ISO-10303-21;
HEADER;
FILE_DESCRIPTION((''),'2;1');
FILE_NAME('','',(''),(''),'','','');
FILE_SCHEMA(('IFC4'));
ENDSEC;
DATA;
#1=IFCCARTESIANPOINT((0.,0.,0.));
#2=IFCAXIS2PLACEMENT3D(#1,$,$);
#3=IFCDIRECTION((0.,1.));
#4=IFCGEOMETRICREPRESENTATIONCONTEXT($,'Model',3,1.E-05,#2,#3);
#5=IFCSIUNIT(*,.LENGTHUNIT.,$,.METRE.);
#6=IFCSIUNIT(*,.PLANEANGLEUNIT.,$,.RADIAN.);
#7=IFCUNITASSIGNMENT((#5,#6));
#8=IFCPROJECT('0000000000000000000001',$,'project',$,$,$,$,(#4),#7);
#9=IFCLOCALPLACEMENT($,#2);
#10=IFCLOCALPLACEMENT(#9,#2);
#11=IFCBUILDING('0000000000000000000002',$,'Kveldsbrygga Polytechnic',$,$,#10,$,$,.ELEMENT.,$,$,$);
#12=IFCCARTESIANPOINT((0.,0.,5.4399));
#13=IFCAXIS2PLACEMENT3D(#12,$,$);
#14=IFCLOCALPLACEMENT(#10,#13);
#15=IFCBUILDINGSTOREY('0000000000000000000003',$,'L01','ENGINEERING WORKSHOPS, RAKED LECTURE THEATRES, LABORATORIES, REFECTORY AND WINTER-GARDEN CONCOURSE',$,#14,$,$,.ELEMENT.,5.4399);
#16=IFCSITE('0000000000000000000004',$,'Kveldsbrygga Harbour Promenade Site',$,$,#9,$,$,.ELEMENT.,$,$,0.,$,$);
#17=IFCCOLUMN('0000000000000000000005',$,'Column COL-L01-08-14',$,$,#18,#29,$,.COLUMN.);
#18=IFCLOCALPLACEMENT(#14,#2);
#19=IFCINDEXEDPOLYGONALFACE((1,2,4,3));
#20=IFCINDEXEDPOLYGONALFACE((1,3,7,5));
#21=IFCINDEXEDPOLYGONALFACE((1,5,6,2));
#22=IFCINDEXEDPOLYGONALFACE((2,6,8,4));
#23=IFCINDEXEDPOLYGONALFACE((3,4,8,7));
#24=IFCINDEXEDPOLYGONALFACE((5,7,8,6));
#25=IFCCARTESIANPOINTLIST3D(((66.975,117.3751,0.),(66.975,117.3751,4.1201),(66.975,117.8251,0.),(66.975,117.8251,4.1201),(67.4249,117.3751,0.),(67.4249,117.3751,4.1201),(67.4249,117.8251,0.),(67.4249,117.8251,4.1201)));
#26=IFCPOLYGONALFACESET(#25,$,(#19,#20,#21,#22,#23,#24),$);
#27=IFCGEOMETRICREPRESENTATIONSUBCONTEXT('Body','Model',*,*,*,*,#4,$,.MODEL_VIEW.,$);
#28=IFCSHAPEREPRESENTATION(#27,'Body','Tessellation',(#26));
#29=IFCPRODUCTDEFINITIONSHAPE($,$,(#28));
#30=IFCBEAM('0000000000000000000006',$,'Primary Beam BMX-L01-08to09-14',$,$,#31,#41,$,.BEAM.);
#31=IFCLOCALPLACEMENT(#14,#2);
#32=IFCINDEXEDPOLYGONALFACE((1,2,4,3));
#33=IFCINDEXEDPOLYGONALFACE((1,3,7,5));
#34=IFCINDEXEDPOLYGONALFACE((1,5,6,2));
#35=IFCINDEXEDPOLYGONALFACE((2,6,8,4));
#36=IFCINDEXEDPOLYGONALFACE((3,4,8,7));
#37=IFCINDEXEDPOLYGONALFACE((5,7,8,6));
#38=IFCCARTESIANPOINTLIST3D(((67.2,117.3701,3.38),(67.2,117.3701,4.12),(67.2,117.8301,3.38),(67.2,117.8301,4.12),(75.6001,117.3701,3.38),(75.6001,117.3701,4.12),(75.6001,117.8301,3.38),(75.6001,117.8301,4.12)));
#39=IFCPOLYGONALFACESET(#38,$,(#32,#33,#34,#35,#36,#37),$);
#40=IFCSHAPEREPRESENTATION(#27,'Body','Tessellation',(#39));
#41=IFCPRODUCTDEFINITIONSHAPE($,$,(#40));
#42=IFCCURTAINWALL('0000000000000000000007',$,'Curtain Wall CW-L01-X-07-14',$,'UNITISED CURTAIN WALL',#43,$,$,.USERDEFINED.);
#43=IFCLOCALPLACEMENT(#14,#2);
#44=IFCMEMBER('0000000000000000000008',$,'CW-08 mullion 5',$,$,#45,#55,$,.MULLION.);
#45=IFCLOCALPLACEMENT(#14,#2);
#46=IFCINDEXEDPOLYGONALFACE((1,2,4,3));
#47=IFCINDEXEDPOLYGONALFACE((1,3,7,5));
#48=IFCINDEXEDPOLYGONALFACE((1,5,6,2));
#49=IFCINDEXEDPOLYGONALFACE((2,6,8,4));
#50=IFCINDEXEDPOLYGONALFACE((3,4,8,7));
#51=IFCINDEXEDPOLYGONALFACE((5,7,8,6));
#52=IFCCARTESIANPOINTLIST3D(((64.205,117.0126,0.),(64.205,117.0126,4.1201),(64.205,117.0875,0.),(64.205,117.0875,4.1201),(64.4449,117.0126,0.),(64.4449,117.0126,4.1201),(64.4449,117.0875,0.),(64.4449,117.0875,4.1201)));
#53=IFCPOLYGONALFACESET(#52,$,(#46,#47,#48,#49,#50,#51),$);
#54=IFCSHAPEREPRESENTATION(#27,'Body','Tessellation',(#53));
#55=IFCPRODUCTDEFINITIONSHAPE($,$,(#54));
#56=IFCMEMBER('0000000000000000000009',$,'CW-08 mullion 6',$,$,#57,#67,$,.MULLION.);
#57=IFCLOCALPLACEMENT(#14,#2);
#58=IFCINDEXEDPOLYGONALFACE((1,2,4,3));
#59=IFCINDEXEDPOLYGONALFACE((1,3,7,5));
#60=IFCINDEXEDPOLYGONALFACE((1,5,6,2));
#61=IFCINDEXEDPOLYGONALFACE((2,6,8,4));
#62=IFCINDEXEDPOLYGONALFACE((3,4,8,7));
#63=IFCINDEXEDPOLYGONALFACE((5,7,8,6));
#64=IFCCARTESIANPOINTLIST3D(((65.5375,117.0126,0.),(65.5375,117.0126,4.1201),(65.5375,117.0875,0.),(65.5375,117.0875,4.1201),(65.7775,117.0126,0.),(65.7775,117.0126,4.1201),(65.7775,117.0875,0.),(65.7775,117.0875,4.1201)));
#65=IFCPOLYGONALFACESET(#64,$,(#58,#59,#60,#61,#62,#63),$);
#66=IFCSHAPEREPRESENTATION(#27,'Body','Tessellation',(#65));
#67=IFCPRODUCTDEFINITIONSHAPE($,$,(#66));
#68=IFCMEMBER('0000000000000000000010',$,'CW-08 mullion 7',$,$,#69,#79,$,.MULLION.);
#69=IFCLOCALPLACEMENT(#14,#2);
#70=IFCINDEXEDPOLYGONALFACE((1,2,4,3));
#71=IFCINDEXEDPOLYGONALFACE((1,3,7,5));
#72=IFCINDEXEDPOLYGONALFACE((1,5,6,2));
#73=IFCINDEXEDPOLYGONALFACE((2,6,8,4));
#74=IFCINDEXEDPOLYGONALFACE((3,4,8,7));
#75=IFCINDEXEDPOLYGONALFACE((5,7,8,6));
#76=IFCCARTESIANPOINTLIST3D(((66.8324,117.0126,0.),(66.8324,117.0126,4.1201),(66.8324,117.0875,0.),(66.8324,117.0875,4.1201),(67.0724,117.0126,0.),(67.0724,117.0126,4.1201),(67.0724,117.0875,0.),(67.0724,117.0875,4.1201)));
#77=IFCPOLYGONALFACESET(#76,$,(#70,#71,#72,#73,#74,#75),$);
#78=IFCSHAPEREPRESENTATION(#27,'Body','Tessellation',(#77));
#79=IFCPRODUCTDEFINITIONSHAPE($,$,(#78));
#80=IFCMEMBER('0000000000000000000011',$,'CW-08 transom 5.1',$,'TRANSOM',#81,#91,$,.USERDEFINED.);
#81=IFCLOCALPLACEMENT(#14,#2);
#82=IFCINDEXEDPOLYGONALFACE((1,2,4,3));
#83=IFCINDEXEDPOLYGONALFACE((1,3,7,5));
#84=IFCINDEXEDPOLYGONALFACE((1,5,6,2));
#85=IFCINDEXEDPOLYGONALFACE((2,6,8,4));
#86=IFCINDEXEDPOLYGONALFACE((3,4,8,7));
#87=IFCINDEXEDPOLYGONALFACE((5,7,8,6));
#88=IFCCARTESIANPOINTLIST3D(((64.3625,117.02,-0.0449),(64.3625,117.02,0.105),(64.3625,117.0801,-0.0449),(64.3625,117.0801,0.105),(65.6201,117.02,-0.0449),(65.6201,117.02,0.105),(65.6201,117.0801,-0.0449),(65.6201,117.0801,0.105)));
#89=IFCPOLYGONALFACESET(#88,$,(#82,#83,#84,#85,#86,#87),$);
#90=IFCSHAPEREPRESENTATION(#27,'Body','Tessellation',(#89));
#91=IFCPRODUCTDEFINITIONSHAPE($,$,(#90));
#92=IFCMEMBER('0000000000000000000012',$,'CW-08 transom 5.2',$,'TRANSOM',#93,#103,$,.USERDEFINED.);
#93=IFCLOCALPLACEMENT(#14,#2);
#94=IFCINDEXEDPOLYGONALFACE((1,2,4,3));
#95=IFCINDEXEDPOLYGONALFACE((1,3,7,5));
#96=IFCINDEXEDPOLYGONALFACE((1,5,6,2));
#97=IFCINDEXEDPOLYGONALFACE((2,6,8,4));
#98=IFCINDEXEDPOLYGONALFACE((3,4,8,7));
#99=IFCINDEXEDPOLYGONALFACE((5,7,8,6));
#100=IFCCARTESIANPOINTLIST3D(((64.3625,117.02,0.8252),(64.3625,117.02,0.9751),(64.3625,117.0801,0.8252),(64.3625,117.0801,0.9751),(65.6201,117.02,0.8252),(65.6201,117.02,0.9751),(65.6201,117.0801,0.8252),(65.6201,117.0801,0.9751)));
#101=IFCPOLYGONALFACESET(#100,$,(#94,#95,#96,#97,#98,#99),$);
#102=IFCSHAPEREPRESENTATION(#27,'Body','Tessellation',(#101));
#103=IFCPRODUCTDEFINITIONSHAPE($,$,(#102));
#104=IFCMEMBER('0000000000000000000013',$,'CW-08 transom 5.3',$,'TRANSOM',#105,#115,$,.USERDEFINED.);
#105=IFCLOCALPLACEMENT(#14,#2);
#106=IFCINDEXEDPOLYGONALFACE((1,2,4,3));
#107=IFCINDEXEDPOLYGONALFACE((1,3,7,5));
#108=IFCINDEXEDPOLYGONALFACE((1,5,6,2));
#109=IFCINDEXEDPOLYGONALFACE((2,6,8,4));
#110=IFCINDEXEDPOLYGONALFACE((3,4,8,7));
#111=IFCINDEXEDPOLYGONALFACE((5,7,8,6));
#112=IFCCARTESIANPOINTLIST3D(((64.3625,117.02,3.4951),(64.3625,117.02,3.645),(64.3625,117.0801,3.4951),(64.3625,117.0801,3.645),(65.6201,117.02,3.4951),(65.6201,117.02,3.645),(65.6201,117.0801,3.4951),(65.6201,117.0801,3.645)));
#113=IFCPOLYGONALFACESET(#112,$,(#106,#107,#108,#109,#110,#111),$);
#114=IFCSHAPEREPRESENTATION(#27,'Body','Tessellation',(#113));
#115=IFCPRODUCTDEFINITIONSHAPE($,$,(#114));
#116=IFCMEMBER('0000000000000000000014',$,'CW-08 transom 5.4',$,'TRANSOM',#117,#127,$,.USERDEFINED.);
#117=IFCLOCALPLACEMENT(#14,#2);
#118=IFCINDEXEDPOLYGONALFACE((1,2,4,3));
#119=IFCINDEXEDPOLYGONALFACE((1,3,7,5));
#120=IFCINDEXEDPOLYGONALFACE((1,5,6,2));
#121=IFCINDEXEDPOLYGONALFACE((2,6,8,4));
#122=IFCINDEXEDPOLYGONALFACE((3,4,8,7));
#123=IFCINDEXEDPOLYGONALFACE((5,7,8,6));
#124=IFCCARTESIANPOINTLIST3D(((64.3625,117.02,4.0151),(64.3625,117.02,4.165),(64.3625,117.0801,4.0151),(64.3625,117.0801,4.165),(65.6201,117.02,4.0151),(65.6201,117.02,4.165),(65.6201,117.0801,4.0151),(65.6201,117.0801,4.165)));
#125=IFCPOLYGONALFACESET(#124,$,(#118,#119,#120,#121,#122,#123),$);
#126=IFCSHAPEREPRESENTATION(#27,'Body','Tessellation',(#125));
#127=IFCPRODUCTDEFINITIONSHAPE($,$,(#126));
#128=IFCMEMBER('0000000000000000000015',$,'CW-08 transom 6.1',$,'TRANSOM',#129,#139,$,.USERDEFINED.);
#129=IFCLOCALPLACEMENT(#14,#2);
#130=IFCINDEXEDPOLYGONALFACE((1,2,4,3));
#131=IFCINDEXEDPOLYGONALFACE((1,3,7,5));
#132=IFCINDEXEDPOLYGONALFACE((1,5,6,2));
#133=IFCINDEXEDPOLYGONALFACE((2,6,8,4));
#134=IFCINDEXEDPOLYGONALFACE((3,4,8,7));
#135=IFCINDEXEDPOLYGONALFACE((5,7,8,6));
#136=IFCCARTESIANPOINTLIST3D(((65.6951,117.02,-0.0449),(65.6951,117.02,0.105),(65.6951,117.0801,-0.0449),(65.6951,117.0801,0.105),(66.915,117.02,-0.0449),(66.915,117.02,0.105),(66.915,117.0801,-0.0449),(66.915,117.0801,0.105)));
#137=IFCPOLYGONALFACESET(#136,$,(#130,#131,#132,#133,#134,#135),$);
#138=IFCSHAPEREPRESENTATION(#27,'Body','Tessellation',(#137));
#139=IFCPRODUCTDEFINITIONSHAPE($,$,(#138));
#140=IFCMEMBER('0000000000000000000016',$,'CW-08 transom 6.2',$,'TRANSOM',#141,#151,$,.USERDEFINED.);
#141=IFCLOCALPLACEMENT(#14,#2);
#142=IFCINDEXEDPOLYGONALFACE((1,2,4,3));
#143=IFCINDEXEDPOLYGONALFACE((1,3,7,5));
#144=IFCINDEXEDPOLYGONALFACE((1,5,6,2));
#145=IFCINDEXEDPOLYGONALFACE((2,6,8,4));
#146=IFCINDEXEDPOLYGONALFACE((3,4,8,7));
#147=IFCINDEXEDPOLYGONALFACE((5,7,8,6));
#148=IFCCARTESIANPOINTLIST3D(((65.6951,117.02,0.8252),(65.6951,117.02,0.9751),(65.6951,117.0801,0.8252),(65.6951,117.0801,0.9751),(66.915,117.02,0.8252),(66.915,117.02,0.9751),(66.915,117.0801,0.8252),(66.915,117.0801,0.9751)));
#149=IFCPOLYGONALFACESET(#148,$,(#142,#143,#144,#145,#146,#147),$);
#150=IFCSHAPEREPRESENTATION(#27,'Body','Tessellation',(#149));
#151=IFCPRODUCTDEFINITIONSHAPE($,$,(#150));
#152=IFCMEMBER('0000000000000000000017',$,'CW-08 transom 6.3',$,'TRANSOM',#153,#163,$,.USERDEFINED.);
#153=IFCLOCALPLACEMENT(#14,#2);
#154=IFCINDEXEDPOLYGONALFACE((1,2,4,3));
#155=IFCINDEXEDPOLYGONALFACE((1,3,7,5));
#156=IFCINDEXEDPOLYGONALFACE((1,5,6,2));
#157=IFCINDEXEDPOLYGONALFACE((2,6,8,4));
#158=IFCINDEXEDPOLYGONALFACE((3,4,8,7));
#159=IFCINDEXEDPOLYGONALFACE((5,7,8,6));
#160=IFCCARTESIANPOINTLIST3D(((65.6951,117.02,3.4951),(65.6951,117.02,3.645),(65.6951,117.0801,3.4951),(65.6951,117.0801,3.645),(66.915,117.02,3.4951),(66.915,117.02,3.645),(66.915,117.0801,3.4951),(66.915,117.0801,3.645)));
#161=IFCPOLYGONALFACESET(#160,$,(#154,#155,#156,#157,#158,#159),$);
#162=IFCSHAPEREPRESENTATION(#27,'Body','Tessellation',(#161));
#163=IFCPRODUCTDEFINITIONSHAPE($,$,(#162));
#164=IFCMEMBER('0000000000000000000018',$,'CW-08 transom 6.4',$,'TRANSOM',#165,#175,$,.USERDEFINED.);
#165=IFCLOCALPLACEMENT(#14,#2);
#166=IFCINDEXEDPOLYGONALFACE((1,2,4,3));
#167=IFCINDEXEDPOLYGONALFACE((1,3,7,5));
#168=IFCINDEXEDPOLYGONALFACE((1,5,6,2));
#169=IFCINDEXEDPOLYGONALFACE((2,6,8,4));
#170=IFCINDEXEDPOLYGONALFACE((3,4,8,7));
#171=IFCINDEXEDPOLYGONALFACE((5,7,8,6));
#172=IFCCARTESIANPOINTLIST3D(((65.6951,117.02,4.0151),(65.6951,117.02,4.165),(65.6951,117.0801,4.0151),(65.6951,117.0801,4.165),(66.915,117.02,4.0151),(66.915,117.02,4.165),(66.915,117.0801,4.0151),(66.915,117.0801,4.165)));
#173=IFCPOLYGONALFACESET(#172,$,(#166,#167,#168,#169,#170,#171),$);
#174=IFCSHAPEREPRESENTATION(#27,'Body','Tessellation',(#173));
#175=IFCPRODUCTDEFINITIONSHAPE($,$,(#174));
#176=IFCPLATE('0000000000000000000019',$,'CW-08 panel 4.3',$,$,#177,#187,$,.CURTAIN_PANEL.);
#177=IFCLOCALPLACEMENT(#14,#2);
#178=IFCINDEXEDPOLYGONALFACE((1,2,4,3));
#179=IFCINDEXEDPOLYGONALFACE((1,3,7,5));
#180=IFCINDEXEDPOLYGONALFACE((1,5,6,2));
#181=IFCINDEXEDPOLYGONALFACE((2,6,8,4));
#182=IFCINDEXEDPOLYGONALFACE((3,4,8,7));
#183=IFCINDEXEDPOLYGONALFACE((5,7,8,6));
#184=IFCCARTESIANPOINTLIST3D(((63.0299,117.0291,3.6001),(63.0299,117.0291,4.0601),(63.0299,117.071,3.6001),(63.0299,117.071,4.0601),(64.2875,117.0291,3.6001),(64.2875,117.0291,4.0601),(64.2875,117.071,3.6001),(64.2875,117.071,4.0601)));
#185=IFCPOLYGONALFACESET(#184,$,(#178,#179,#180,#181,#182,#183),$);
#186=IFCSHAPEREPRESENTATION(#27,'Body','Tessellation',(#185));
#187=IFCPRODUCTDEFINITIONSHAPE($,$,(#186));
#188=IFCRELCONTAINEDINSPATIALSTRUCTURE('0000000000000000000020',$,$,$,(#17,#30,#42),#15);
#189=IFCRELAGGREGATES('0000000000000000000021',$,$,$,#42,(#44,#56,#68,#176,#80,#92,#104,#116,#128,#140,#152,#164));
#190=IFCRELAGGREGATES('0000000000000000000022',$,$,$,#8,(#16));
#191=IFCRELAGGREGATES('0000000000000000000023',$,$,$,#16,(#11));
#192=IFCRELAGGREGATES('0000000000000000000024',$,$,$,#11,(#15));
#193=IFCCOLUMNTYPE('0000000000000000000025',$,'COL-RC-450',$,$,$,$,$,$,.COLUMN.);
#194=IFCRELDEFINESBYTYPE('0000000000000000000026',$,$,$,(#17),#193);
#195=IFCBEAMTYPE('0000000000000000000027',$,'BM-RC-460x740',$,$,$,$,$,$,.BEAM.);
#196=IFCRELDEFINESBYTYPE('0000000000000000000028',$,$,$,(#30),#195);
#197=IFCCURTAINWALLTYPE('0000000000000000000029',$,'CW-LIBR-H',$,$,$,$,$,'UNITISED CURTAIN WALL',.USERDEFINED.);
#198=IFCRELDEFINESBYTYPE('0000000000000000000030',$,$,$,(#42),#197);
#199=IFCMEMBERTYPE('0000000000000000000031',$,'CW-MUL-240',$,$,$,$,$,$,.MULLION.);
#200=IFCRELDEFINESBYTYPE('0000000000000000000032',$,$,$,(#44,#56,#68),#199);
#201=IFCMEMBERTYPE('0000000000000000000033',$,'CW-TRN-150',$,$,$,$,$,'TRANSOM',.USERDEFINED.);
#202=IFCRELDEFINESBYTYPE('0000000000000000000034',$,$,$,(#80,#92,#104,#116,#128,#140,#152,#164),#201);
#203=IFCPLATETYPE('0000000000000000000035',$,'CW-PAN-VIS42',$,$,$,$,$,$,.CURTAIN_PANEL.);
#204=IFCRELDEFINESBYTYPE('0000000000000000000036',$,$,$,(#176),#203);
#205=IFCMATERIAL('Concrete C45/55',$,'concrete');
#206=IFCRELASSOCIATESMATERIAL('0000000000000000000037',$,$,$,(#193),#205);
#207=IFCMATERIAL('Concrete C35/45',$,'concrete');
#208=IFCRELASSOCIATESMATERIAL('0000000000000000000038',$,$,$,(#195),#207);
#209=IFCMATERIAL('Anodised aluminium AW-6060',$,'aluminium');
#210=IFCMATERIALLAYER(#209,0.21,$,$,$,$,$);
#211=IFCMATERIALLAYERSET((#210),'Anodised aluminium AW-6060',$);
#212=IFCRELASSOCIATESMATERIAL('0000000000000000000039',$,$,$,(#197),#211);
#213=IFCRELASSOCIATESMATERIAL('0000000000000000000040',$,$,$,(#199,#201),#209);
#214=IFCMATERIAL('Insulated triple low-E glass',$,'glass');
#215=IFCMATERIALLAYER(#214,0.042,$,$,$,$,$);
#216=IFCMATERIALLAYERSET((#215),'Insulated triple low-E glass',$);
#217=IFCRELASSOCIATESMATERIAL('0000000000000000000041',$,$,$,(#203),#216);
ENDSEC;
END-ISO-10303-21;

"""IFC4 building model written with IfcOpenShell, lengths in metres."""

from ifc_helpers import new_model, si_unit, direction, frame, origin, origin_2d, place, context, subcontext, project, spatial, rectangle, extrude, material, layer, layer_set, material_profile, profile_set, type_object, element, aggregate, save


model = new_model("IFC4")

# Units and contexts
model_context = context("Model", 3, precision=1e-05, world=origin(), true_north=direction((0.0, 1.0)))
body_context = subcontext(model_context, "Body", "Model", "MODEL_VIEW")
ifc_project = project(units=[si_unit("LENGTHUNIT", "METRE"), si_unit("PLANEANGLEUNIT", "RADIAN")], contexts=[model_context])

# Site, building, storey
site_placement = place(None, origin())
site = spatial("IfcSite", under=ifc_project, at=site_placement, Name="Kveldsbrygga Harbour Promenade Site", CompositionType="ELEMENT", RefElevation=0.0)
building_placement = place(site_placement, origin())
building = spatial("IfcBuilding", under=site, at=building_placement, Name="Kveldsbrygga Polytechnic", CompositionType="ELEMENT")
storey_placement = place(building_placement, frame((0.0, 0.0, 5.4399)))
storey = spatial("IfcBuildingStorey", under=building, at=storey_placement, Name="L01", Description="ENGINEERING WORKSHOPS, RAKED LECTURE THEATRES, LABORATORIES, REFECTORY AND WINTER-GARDEN CONCOURSE", CompositionType="ELEMENT", Elevation=5.4399)

# Column
ifc_material_1 = material(Name="Concrete C45/55", Category="concrete")
ifc_material_profile_1 = material_profile(ifc_material_1, rectangle(XDim=0.45, YDim=0.45, at=origin_2d()), Name="RC 450x450")
ifc_profile_set_1 = profile_set([ifc_material_profile_1], Name="Concrete C45/55")
column_type = type_object("IfcColumnType", Name="COL-RC-450", PredefinedType="COLUMN", material=ifc_profile_set_1)
column_placement = place(storey_placement, frame((67.2, 117.6001, 0.0), z_axis=(0.0, 0.0, 1.0), x_axis=(1.0, 0.0, 0.0)))
element("IfcColumn", 1, at=column_placement, inside=storey, type_object=column_type, Name="Column COL-L01-08-14", PredefinedType="COLUMN", context=body_context, shape_type="SweptSolid", body=[
    extrude(rectangle(XDim=0.45, YDim=0.45, at=origin_2d()), origin(), (0.0, 0.0, 1.0), 4.1201),
])

# Beam
ifc_material_2 = material(Name="Concrete C35/45", Category="concrete")
ifc_material_profile_2 = material_profile(ifc_material_2, rectangle(XDim=0.46, YDim=0.74, at=origin_2d()), Name="RC 460x740")
ifc_profile_set_2 = profile_set([ifc_material_profile_2], Name="Concrete C35/45")
beam_type = type_object("IfcBeamType", Name="BM-RC-460x740", PredefinedType="BEAM", material=ifc_profile_set_2)
beam_placement = place(storey_placement, frame((67.2, 117.6001, 3.75), z_axis=(1.0, 0.0, 0.0), x_axis=(0.0, 1.0, 0.0)))
element("IfcBeam", 2, at=beam_placement, inside=storey, type_object=beam_type, Name="Primary Beam BMX-L01-08to09-14", PredefinedType="BEAM", context=body_context, shape_type="SweptSolid", body=[
    extrude(rectangle(XDim=0.46, YDim=0.74, at=origin_2d()), origin(), (0.0, 0.0, 1.0), 8.4001),
])

# Curtain wall, members, plate
ifc_material_3 = material(Name="Anodised aluminium AW-6060", Category="aluminium")
ifc_layer_1 = layer(ifc_material_3, 0.21)
ifc_layer_set_1 = layer_set([ifc_layer_1], Name="Anodised aluminium AW-6060")
curtain_wall_type = type_object("IfcCurtainWallType", Name="CW-LIBR-H", ElementType="UNITISED CURTAIN WALL", PredefinedType="USERDEFINED", material=ifc_layer_set_1)
curtain_wall_placement = place(storey_placement, origin())
curtain_wall = element("IfcCurtainWall", 3, at=curtain_wall_placement, inside=storey, type_object=curtain_wall_type, Name="Curtain Wall CW-L01-X-07-14", ObjectType="UNITISED CURTAIN WALL", PredefinedType="USERDEFINED")
ifc_material_profile_3 = material_profile(ifc_material_3, rectangle(XDim=0.075, YDim=0.24, at=origin_2d()), Name="ALU 75x240")
ifc_profile_set_3 = profile_set([ifc_material_profile_3], Name="Anodised aluminium AW-6060")
member_type_1 = type_object("IfcMemberType", Name="CW-MUL-240", PredefinedType="MULLION", material=ifc_profile_set_3)
member_1_placement = place(storey_placement, frame((64.325, 117.05, 0.0), z_axis=(0.0, 0.0, 1.0), x_axis=(0.0, 1.0, 0.0)))
member_1 = element("IfcMember", 4, at=member_1_placement, type_object=member_type_1, Name="CW-08 mullion 5", PredefinedType="MULLION", context=body_context, shape_type="SweptSolid", body=[
    extrude(rectangle(XDim=0.075, YDim=0.24, at=origin_2d()), origin(), (0.0, 0.0, 1.0), 4.1201),
])
member_2_placement = place(storey_placement, frame((65.6575, 117.05, 0.0), z_axis=(0.0, 0.0, 1.0), x_axis=(0.0, 1.0, 0.0)))
member_2 = element("IfcMember", 5, at=member_2_placement, type_object=member_type_1, Name="CW-08 mullion 6", PredefinedType="MULLION", context=body_context, shape_type="SweptSolid", body=[
    extrude(rectangle(XDim=0.075, YDim=0.24, at=origin_2d()), origin(), (0.0, 0.0, 1.0), 4.1201),
])
member_3_placement = place(storey_placement, frame((66.9524, 117.05, 0.0), z_axis=(0.0, 0.0, 1.0), x_axis=(0.0, 1.0, 0.0)))
member_3 = element("IfcMember", 6, at=member_3_placement, type_object=member_type_1, Name="CW-08 mullion 7", PredefinedType="MULLION", context=body_context, shape_type="SweptSolid", body=[
    extrude(rectangle(XDim=0.075, YDim=0.24, at=origin_2d()), origin(), (0.0, 0.0, 1.0), 4.1201),
])
ifc_material_profile_4 = material_profile(ifc_material_3, rectangle(XDim=0.0601, YDim=0.1499, at=origin_2d()), Name="ALU 60x150")
ifc_profile_set_4 = profile_set([ifc_material_profile_4], Name="Anodised aluminium AW-6060")
member_type_2 = type_object("IfcMemberType", Name="CW-TRN-150", ElementType="TRANSOM", PredefinedType="USERDEFINED", material=ifc_profile_set_4)
member_4_placement = place(storey_placement, frame((64.3625, 117.05, 0.03), z_axis=(1.0, 0.0, 0.0), x_axis=(0.0, 1.0, 0.0)))
member_4 = element("IfcMember", 7, at=member_4_placement, type_object=member_type_2, Name="CW-08 transom 5.1", ObjectType="TRANSOM", PredefinedType="USERDEFINED", context=body_context, shape_type="SweptSolid", body=[
    extrude(rectangle(XDim=0.0601, YDim=0.1499, at=origin_2d()), origin(), (0.0, 0.0, 1.0), 1.2576),
])
member_5_placement = place(storey_placement, frame((64.3625, 117.05, 0.9001), z_axis=(1.0, 0.0, 0.0), x_axis=(0.0, 1.0, 0.0)))
member_5 = element("IfcMember", 8, at=member_5_placement, type_object=member_type_2, Name="CW-08 transom 5.2", ObjectType="TRANSOM", PredefinedType="USERDEFINED", context=body_context, shape_type="SweptSolid", body=[
    extrude(rectangle(XDim=0.0601, YDim=0.1499, at=origin_2d()), origin(), (0.0, 0.0, 1.0), 1.2576),
])
member_6_placement = place(storey_placement, frame((64.3625, 117.05, 3.5701), z_axis=(1.0, 0.0, 0.0), x_axis=(0.0, 1.0, 0.0)))
member_6 = element("IfcMember", 9, at=member_6_placement, type_object=member_type_2, Name="CW-08 transom 5.3", ObjectType="TRANSOM", PredefinedType="USERDEFINED", context=body_context, shape_type="SweptSolid", body=[
    extrude(rectangle(XDim=0.0601, YDim=0.1499, at=origin_2d()), origin(), (0.0, 0.0, 1.0), 1.2576),
])
member_7_placement = place(storey_placement, frame((64.3625, 117.05, 4.0901), z_axis=(1.0, 0.0, 0.0), x_axis=(0.0, 1.0, 0.0)))
member_7 = element("IfcMember", 10, at=member_7_placement, type_object=member_type_2, Name="CW-08 transom 5.4", ObjectType="TRANSOM", PredefinedType="USERDEFINED", context=body_context, shape_type="SweptSolid", body=[
    extrude(rectangle(XDim=0.0601, YDim=0.1499, at=origin_2d()), origin(), (0.0, 0.0, 1.0), 1.2576),
])
member_8_placement = place(storey_placement, frame((65.6951, 117.05, 0.03), z_axis=(1.0, 0.0, 0.0), x_axis=(0.0, 1.0, 0.0)))
member_8 = element("IfcMember", 11, at=member_8_placement, type_object=member_type_2, Name="CW-08 transom 6.1", ObjectType="TRANSOM", PredefinedType="USERDEFINED", context=body_context, shape_type="SweptSolid", body=[
    extrude(rectangle(XDim=0.0601, YDim=0.1499, at=origin_2d()), origin(), (0.0, 0.0, 1.0), 1.22),
])
member_9_placement = place(storey_placement, frame((65.6951, 117.05, 0.9001), z_axis=(1.0, 0.0, 0.0), x_axis=(0.0, 1.0, 0.0)))
member_9 = element("IfcMember", 12, at=member_9_placement, type_object=member_type_2, Name="CW-08 transom 6.2", ObjectType="TRANSOM", PredefinedType="USERDEFINED", context=body_context, shape_type="SweptSolid", body=[
    extrude(rectangle(XDim=0.0601, YDim=0.1499, at=origin_2d()), origin(), (0.0, 0.0, 1.0), 1.22),
])
member_10_placement = place(storey_placement, frame((65.6951, 117.05, 3.5701), z_axis=(1.0, 0.0, 0.0), x_axis=(0.0, 1.0, 0.0)))
member_10 = element("IfcMember", 13, at=member_10_placement, type_object=member_type_2, Name="CW-08 transom 6.3", ObjectType="TRANSOM", PredefinedType="USERDEFINED", context=body_context, shape_type="SweptSolid", body=[
    extrude(rectangle(XDim=0.0601, YDim=0.1499, at=origin_2d()), origin(), (0.0, 0.0, 1.0), 1.22),
])
member_11_placement = place(storey_placement, frame((65.6951, 117.05, 4.0901), z_axis=(1.0, 0.0, 0.0), x_axis=(0.0, 1.0, 0.0)))
member_11 = element("IfcMember", 14, at=member_11_placement, type_object=member_type_2, Name="CW-08 transom 6.4", ObjectType="TRANSOM", PredefinedType="USERDEFINED", context=body_context, shape_type="SweptSolid", body=[
    extrude(rectangle(XDim=0.0601, YDim=0.1499, at=origin_2d()), origin(), (0.0, 0.0, 1.0), 1.22),
])
ifc_material_4 = material(Name="Insulated triple low-E glass", Category="glass")
ifc_layer_2 = layer(ifc_material_4, 0.042)
ifc_layer_set_2 = layer_set([ifc_layer_2], Name="Insulated triple low-E glass")
plate_type = type_object("IfcPlateType", Name="CW-PAN-VIS42", PredefinedType="CURTAIN_PANEL", material=ifc_layer_set_2)
plate_1_placement = place(storey_placement, frame((63.6587, 117.05, 3.6001), z_axis=(0.0, 0.0, 1.0), x_axis=(1.0, 0.0, 0.0)))
plate_1 = element("IfcPlate", 15, at=plate_1_placement, type_object=plate_type, Name="CW-08 panel 4.3", PredefinedType="CURTAIN_PANEL", context=body_context, shape_type="SweptSolid", body=[
    extrude(rectangle(XDim=1.2576, YDim=0.042, at=origin_2d()), origin(), (0.0, 0.0, 1.0), 0.46),
])
aggregate(curtain_wall, [member_1, member_2, member_3, plate_1, member_4, member_5, member_6, member_7, member_8, member_9, member_10, member_11])

save(model, "model.ifc")
